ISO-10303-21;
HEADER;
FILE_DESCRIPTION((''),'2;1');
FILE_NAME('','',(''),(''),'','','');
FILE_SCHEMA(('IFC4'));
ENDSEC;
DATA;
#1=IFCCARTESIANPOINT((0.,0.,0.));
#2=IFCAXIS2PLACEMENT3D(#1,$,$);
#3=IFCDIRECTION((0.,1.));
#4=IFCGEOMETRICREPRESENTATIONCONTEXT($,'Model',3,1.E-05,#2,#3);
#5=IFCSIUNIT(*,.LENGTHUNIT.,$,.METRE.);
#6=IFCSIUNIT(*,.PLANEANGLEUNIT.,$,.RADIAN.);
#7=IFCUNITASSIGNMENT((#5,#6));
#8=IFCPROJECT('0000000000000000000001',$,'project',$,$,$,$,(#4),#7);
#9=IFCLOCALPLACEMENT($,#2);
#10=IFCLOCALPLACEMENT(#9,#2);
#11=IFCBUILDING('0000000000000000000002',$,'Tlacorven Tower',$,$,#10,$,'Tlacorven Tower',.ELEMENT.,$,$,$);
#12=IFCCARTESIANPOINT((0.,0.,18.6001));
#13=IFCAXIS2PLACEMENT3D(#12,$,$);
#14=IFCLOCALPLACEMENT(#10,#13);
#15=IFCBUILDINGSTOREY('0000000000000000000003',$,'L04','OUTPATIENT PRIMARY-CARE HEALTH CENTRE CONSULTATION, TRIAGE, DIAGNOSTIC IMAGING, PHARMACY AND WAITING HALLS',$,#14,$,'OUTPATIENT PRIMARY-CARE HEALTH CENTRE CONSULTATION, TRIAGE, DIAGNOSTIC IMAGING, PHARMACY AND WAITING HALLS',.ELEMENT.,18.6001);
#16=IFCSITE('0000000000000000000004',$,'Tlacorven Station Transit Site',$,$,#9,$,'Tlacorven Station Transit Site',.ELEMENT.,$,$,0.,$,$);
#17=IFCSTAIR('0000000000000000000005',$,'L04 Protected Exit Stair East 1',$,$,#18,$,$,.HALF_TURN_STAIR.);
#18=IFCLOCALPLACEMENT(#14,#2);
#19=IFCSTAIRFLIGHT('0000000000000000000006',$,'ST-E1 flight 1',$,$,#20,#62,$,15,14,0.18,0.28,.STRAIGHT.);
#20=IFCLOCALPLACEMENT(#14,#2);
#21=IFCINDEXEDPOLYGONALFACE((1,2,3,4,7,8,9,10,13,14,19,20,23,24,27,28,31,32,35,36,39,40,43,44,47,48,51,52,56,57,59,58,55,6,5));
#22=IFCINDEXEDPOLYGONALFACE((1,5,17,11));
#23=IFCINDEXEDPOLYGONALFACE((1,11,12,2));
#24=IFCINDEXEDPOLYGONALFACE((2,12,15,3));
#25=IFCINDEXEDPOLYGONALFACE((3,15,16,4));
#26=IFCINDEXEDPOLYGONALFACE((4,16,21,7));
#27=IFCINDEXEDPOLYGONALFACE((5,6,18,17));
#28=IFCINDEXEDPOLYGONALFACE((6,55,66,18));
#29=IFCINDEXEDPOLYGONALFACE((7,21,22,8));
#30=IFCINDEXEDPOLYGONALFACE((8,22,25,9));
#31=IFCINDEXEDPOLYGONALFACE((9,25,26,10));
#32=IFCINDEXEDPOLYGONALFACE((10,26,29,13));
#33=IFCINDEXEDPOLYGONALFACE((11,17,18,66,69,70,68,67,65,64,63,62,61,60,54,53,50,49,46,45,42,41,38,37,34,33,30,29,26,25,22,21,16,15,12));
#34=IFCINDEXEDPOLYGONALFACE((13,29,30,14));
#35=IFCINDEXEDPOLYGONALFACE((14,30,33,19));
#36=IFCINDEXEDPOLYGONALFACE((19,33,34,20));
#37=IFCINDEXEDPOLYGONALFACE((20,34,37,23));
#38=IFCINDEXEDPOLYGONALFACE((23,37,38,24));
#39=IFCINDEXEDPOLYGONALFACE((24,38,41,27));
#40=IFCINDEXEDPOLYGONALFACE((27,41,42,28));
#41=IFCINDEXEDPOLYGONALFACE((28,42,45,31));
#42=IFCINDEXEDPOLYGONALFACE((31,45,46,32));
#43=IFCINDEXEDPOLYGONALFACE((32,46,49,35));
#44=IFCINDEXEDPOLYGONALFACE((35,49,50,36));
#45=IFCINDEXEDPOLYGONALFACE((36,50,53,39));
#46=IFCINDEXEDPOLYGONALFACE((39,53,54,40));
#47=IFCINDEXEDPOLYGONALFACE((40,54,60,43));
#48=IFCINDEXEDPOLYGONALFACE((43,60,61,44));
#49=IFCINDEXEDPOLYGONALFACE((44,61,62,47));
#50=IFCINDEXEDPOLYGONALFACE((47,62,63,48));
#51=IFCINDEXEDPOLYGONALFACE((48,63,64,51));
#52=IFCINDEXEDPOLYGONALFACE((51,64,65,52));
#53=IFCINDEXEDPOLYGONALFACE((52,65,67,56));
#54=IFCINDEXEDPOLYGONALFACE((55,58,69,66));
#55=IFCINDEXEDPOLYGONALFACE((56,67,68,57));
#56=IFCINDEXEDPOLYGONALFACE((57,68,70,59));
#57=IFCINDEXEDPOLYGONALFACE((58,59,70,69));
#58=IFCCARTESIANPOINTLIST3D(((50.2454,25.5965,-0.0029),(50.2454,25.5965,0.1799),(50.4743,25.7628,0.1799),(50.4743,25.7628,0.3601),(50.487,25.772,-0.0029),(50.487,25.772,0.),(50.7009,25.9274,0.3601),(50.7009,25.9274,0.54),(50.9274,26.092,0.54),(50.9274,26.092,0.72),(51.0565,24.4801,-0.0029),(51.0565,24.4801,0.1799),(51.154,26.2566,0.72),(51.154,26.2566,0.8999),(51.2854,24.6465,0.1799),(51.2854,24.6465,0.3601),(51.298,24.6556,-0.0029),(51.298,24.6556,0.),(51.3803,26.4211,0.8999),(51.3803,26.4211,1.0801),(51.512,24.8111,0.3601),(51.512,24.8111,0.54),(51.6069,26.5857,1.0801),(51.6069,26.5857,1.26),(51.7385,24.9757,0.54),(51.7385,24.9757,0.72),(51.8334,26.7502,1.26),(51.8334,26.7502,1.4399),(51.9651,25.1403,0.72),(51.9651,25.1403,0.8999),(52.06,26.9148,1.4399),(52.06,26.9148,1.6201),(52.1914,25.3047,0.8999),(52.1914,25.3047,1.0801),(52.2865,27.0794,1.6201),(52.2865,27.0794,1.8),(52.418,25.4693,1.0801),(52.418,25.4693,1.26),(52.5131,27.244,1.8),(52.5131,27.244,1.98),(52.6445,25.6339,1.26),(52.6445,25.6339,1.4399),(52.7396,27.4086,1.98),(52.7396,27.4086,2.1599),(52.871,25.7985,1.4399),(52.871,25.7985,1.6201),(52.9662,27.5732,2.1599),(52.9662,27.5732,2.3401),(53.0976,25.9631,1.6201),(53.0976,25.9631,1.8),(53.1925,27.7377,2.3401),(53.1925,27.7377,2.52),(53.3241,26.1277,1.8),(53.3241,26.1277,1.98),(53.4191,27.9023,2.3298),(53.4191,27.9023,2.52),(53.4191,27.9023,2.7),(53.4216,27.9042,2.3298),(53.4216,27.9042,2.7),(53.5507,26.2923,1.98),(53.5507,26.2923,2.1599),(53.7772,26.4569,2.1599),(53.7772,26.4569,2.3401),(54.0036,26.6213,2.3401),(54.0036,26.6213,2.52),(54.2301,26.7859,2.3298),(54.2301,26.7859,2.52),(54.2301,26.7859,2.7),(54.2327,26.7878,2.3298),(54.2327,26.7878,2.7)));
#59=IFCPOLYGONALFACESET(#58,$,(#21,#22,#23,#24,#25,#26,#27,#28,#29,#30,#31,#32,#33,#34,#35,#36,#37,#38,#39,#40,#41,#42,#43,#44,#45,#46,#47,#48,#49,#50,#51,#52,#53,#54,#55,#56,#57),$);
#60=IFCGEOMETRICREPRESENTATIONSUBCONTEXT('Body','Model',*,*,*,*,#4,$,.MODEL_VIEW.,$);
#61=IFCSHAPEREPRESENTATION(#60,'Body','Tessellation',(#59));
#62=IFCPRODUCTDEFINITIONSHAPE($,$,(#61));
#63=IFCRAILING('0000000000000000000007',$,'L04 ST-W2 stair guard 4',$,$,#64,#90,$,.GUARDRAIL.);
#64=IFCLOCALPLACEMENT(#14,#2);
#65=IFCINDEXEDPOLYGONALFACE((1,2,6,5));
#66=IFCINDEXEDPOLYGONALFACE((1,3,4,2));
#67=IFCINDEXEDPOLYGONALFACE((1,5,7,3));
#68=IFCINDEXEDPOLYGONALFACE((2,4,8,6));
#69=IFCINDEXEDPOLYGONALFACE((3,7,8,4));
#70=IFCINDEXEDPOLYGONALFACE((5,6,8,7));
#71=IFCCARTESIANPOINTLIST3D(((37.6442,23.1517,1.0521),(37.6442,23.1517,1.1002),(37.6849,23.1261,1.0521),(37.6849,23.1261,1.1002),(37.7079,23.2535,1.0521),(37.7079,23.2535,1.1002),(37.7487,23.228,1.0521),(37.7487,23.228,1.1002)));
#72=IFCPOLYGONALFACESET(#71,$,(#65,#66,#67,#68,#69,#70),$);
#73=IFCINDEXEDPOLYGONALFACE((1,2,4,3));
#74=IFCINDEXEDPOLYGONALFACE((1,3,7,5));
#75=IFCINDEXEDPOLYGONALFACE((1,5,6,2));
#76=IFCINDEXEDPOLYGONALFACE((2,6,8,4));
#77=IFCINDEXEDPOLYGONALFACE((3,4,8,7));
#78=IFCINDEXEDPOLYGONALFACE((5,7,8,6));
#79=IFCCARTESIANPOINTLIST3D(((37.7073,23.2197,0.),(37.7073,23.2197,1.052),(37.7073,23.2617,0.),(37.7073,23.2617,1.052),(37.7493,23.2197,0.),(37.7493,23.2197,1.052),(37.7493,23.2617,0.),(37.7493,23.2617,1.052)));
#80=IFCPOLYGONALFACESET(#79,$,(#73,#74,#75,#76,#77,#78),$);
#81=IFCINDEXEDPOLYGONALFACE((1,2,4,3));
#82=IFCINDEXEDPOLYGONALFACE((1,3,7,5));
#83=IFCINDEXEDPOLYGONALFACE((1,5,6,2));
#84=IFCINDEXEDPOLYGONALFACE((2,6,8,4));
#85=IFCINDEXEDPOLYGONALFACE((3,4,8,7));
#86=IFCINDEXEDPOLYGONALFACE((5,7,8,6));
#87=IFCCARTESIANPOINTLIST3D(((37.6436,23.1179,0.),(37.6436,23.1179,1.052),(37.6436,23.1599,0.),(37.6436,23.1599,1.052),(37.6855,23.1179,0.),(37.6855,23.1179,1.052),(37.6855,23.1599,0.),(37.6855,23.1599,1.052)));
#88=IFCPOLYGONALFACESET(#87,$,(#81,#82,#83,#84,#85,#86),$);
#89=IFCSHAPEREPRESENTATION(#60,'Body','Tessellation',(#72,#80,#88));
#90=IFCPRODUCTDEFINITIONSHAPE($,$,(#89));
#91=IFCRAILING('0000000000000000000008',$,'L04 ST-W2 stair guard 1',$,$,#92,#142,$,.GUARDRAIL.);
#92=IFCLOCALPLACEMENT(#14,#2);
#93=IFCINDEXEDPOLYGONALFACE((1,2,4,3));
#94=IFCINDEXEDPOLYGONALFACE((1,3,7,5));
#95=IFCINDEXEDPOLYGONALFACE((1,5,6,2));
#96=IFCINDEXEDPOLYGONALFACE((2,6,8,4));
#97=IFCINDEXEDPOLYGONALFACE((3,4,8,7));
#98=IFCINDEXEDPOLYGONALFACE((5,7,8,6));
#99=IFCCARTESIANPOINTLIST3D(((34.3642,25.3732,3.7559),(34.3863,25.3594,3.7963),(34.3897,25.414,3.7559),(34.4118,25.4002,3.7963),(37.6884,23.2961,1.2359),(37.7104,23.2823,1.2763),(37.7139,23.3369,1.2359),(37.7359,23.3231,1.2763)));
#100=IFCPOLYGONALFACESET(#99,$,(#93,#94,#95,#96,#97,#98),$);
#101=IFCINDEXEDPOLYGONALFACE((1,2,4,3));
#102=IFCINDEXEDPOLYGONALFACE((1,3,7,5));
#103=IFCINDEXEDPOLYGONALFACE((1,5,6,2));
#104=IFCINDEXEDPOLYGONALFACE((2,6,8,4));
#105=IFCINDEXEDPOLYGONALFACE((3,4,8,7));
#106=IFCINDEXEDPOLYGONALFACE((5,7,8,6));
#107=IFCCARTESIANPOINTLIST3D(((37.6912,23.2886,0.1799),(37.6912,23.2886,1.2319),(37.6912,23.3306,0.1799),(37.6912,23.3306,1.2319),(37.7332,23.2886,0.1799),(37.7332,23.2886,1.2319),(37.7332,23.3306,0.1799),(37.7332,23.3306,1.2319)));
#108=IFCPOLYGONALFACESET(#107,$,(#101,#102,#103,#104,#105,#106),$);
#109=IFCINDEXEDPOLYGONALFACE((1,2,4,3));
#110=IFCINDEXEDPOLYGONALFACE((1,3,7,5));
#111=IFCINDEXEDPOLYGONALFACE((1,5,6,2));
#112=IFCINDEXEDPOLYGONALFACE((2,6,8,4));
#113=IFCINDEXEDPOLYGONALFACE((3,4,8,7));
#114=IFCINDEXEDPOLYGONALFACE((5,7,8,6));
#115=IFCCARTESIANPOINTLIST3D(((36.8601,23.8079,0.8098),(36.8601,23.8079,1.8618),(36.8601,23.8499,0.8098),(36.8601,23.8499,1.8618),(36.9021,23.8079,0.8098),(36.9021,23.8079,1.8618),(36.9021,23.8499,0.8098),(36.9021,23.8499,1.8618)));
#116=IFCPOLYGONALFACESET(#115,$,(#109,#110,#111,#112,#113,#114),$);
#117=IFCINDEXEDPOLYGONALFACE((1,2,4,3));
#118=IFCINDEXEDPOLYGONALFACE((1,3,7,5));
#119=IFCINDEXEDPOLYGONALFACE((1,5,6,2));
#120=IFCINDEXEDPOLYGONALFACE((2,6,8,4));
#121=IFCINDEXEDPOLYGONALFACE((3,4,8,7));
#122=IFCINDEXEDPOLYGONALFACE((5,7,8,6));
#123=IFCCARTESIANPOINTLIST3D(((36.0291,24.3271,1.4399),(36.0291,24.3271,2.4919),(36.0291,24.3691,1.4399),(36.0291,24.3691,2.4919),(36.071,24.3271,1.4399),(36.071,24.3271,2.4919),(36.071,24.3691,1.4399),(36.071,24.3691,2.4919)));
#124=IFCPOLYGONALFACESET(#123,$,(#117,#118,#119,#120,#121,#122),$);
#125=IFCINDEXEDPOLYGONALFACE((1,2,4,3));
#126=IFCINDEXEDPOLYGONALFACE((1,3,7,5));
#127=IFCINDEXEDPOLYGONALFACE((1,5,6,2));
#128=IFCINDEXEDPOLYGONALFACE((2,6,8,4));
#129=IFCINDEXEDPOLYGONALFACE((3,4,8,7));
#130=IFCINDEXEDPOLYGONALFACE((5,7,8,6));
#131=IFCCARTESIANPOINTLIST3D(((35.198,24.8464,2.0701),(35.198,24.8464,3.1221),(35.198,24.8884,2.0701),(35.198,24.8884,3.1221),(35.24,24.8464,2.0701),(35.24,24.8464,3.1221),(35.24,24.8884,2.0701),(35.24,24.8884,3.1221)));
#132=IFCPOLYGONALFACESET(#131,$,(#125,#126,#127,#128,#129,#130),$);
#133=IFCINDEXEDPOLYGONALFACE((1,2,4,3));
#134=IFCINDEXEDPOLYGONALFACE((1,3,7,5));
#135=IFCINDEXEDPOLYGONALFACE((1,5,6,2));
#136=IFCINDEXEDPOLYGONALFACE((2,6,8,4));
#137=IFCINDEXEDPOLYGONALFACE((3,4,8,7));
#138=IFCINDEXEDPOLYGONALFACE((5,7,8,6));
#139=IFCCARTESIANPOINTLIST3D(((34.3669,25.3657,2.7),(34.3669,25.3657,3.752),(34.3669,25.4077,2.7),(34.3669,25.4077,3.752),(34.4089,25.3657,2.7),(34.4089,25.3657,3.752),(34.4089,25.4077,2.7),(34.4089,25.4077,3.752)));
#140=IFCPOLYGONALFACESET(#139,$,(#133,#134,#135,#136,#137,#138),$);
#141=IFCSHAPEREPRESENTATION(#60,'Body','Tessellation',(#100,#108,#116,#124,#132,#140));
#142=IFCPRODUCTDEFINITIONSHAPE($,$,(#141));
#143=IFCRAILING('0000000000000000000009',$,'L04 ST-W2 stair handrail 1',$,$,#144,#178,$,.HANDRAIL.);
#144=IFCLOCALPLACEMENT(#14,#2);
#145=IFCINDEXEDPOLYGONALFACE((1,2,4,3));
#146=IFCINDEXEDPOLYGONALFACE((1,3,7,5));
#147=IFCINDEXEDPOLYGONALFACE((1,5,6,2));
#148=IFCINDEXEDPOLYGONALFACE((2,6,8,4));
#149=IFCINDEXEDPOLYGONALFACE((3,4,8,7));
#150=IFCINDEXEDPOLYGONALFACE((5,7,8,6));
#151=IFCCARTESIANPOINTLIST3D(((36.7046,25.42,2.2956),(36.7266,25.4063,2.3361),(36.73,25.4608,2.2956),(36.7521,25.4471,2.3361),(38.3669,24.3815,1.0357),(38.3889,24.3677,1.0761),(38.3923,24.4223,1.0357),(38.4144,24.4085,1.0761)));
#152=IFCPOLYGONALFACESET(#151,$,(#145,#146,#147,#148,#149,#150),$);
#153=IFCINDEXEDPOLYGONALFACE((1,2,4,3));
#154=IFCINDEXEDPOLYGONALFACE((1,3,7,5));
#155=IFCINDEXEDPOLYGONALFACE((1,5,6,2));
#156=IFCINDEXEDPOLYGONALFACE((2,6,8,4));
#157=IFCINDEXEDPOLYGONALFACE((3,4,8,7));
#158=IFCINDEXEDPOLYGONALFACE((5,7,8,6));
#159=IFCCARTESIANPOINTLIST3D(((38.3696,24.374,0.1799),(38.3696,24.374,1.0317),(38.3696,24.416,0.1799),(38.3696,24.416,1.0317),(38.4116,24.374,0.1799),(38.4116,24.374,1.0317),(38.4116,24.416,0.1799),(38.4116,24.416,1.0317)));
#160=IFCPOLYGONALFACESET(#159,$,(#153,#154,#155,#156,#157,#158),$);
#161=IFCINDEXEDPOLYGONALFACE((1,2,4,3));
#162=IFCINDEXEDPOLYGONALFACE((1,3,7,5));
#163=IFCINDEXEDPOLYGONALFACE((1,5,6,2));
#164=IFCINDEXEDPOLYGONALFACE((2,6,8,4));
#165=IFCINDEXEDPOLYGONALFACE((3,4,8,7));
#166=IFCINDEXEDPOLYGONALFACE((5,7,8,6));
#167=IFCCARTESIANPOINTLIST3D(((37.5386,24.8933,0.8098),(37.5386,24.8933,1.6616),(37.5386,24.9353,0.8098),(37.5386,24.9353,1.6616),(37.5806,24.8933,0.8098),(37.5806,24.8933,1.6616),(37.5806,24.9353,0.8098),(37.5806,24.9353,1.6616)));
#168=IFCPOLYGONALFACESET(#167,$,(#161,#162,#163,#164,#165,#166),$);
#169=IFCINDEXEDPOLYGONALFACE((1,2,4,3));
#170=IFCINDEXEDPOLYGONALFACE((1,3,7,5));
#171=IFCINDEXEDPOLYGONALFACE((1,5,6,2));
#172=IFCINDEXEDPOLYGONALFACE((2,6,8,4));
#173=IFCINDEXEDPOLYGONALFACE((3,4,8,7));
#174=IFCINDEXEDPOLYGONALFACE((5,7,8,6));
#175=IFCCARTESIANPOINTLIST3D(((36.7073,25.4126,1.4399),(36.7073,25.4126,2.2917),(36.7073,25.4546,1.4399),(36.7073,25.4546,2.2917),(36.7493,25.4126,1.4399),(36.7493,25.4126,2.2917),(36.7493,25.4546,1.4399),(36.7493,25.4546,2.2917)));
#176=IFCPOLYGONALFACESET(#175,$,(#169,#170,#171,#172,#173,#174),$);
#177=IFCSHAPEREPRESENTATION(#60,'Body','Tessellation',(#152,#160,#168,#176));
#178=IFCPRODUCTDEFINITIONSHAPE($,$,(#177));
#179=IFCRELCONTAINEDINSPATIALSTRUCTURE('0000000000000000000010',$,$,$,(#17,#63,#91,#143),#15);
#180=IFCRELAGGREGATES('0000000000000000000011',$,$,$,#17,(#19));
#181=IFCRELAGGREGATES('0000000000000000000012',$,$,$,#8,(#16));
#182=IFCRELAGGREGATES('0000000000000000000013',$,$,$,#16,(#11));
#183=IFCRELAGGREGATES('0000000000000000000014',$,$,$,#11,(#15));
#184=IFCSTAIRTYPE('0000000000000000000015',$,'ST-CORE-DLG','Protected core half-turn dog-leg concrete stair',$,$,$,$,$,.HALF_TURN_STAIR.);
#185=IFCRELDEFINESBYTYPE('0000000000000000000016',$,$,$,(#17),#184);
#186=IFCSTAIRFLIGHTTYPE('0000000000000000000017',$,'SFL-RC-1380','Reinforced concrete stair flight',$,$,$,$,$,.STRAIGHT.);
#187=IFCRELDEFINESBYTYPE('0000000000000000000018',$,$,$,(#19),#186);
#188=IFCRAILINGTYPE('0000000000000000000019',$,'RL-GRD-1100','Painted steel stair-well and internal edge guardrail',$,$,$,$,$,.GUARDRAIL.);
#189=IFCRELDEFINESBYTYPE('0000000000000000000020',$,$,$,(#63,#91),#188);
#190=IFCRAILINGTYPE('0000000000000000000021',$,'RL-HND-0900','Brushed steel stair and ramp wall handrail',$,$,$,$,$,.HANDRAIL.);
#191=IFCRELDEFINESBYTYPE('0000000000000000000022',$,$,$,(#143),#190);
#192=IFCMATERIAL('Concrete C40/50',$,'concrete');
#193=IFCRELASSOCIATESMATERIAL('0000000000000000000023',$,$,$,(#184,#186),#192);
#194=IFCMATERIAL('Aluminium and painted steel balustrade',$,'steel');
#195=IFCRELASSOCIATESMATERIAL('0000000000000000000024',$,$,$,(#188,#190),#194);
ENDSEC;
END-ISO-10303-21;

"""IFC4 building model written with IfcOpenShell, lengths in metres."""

from ifc_helpers import new_model, si_unit, direction, frame, origin, origin_2d, place, context, subcontext, project, spatial, polyline, rectangle, outline, extrude, source, transform, mapped, material, type_object, element, aggregate, save


model = new_model("IFC4")

# Units and contexts
model_context = context("Model", 3, precision=1e-05, world=origin(), true_north=direction((0.0, 1.0)))
body_context = subcontext(model_context, "Body", "Model", "MODEL_VIEW")
ifc_project = project(units=[si_unit("LENGTHUNIT", "METRE"), si_unit("PLANEANGLEUNIT", "RADIAN")], contexts=[model_context])

# Site, building, storey
site_placement = place(None, origin())
site = spatial("IfcSite", under=ifc_project, at=site_placement, Name="Tlacorven Station Transit Site", LongName="Tlacorven Station Transit Site", CompositionType="ELEMENT", RefElevation=0.0)
building_placement = place(site_placement, origin())
building = spatial("IfcBuilding", under=site, at=building_placement, Name="Tlacorven Tower", LongName="Tlacorven Tower", CompositionType="ELEMENT")
storey_placement = place(building_placement, frame((0.0, 0.0, 18.6001)))
storey = spatial("IfcBuildingStorey", under=building, at=storey_placement, Name="L04", Description="OUTPATIENT PRIMARY-CARE HEALTH CENTRE CONSULTATION, TRIAGE, DIAGNOSTIC IMAGING, PHARMACY AND WAITING HALLS", LongName="OUTPATIENT PRIMARY-CARE HEALTH CENTRE CONSULTATION, TRIAGE, DIAGNOSTIC IMAGING, PHARMACY AND WAITING HALLS", CompositionType="ELEMENT", Elevation=18.6001)

# Shared definitions
ifc_material_1 = material(Name="Concrete C40/50", Category="concrete")

# Stair, stair flight
stair_type = type_object("IfcStairType", Name="ST-CORE-DLG", Description="Protected core half-turn dog-leg concrete stair", PredefinedType="HALF_TURN_STAIR", material=ifc_material_1)
stair_flight_type = type_object("IfcStairFlightType", Name="SFL-RC-1380", Description="Reinforced concrete stair flight", PredefinedType="STRAIGHT", material=ifc_material_1)
shared_shape_1 = source(origin(), body_context, "Body", "SweptSolid", [
    extrude(outline(polyline([(-0.0029, -0.0029), (-0.0029, 0.1799), (0.28, 0.1799), (0.28, 0.3601), (0.5601, 0.3601), (0.5601, 0.54), (0.8401, 0.54), (0.8401, 0.72), (1.1201, 0.72), (1.1201, 0.8999), (1.3999, 0.8999), (1.3999, 1.0801), (1.6799, 1.0801), (1.6799, 1.26), (1.96, 1.26), (1.96, 1.4399), (2.24, 1.4399), (2.24, 1.6201), (2.52, 1.6201), (2.52, 1.8), (2.8, 1.8), (2.8, 1.98), (3.0801, 1.98), (3.0801, 2.1599), (3.3601, 2.1599), (3.3601, 2.3401), (3.6399, 2.3401), (3.6399, 2.52), (3.9199, 2.52), (3.9199, 2.7), (3.9231, 2.7), (3.9231, 2.3298), (3.9199, 2.3298), (0.2957, 0.0), (0.2957, -0.0029), (-0.0029, -0.0029)])), frame((0.0, 0.6899, 0.0), z_axis=(0.0, -1.0, 0.0), x_axis=(1.0, 0.0, 0.0)), (0.0, 0.0, 1.0), 1.3799),
])
stair_1_placement = place(storey_placement, origin())
stair_1 = element("IfcStair", 1, at=stair_1_placement, inside=storey, type_object=stair_type, Name="L04 Protected Exit Stair East 1", PredefinedType="HALF_TURN_STAIR")
stair_flight_1_placement = place(storey_placement, frame((50.6533, 25.04, 0.0), z_axis=(0.0, 0.0, 1.0), x_axis=(0.809017, 0.587785, 0.0)))
stair_flight_1 = element("IfcStairFlight", 2, at=stair_flight_1_placement, type_object=stair_flight_type, Name="ST-E1 flight 1", NumberOfRisers=15, NumberOfTreads=14, PredefinedType="STRAIGHT", RiserHeight=0.18, TreadLength=0.28, context=body_context, shape_type="MappedRepresentation", body=[
    mapped(shared_shape_1, transform((0.0, 0.0, 0.0), scale=1.0)),
])
aggregate(stair_1, [stair_flight_1])

# Railings
ifc_material_2 = material(Name="Aluminium and painted steel balustrade", Category="steel")
railing_type_1 = type_object("IfcRailingType", Name="RL-GRD-1100", Description="Painted steel stair-well and internal edge guardrail", PredefinedType="GUARDRAIL", material=ifc_material_2)
shared_shape_2 = source(origin(), body_context, "Body", "SweptSolid", [
    extrude(rectangle(XDim=0.0481, YDim=0.0481, at=origin_2d()), frame((0.0, 0.0, 1.0762), z_axis=(-0.530547, -0.847656, 0.0), x_axis=(0.847656, -0.530547, 0.0)), (0.0, 0.0, 1.0), 0.1201),
    extrude(rectangle(XDim=0.042, YDim=0.042, at=origin_2d()), origin(), (0.0, 0.0, 1.0), 1.052),
    extrude(rectangle(XDim=0.042, YDim=0.042, at=origin_2d()), frame((-0.0637, -0.1018, 0.0)), (0.0, 0.0, 1.0), 1.052),
])
railing_1_placement = place(storey_placement, frame((37.7283, 23.2407, 0.0)))
element("IfcRailing", 3, at=railing_1_placement, inside=storey, type_object=railing_type_1, Name="L04 ST-W2 stair guard 4", PredefinedType="GUARDRAIL", context=body_context, shape_type="MappedRepresentation", body=[
    mapped(shared_shape_2, transform((0.0, 0.0, 0.0), scale=1.0)),
])
shared_shape_3 = source(origin(), body_context, "Body", "SweptSolid", [
    extrude(rectangle(XDim=0.0481, YDim=0.0481, at=origin_2d()), frame((0.0, 0.0, 1.0762), z_axis=(-0.713354, 0.445741, 0.540778), x_axis=(-0.529909, -0.848054, 0.0)), (0.0, 0.0, 1.0), 4.6599),
    extrude(rectangle(XDim=0.042, YDim=0.042, at=origin_2d()), origin(), (0.0, 0.0, 1.0), 1.052),
    extrude(rectangle(XDim=0.042, YDim=0.042, at=origin_2d()), frame((-0.8311, 0.5193, 0.6299)), (0.0, 0.0, 1.0), 1.052),
    extrude(rectangle(XDim=0.042, YDim=0.042, at=origin_2d()), frame((-1.6621, 1.0386, 1.26)), (0.0, 0.0, 1.0), 1.052),
    extrude(rectangle(XDim=0.042, YDim=0.042, at=origin_2d()), frame((-2.4932, 1.5579, 1.8901)), (0.0, 0.0, 1.0), 1.052),
    extrude(rectangle(XDim=0.042, YDim=0.042, at=origin_2d()), frame((-3.3242, 2.0771, 2.52)), (0.0, 0.0, 1.0), 1.052),
])
railing_2_placement = place(storey_placement, frame((37.7122, 23.3096, 0.1799)))
element("IfcRailing", 4, at=railing_2_placement, inside=storey, type_object=railing_type_1, Name="L04 ST-W2 stair guard 1", PredefinedType="GUARDRAIL", context=body_context, shape_type="MappedRepresentation", body=[
    mapped(shared_shape_3, transform((0.0, 0.0, 0.0), scale=1.0)),
])
railing_type_2 = type_object("IfcRailingType", Name="RL-HND-0900", Description="Brushed steel stair and ramp wall handrail", PredefinedType="HANDRAIL", material=ifc_material_2)
shared_shape_4 = source(origin(), body_context, "Body", "SweptSolid", [
    extrude(rectangle(XDim=0.0481, YDim=0.0481, at=origin_2d()), frame((0.0, 0.0, 0.876), z_axis=(-0.713405, 0.445708, 0.540738), x_axis=(-0.529853, -0.848089, 0.0)), (0.0, 0.0, 1.0), 2.3301),
    extrude(rectangle(XDim=0.042, YDim=0.042, at=origin_2d()), origin(), (0.0, 0.0, 1.0), 0.8518),
    extrude(rectangle(XDim=0.042, YDim=0.042, at=origin_2d()), frame((-0.8311, 0.5193, 0.6299)), (0.0, 0.0, 1.0), 0.8518),
    extrude(rectangle(XDim=0.042, YDim=0.042, at=origin_2d()), frame((-1.6624, 1.0386, 1.26)), (0.0, 0.0, 1.0), 0.8518),
])
railing_3_placement = place(storey_placement, frame((38.3906, 24.395, 0.1799)))
element("IfcRailing", 5, at=railing_3_placement, inside=storey, type_object=railing_type_2, Name="L04 ST-W2 stair handrail 1", PredefinedType="HANDRAIL", context=body_context, shape_type="MappedRepresentation", body=[
    mapped(shared_shape_4, transform((0.0, 0.0, 0.0), scale=1.0)),
])

save(model, "model.ifc")
